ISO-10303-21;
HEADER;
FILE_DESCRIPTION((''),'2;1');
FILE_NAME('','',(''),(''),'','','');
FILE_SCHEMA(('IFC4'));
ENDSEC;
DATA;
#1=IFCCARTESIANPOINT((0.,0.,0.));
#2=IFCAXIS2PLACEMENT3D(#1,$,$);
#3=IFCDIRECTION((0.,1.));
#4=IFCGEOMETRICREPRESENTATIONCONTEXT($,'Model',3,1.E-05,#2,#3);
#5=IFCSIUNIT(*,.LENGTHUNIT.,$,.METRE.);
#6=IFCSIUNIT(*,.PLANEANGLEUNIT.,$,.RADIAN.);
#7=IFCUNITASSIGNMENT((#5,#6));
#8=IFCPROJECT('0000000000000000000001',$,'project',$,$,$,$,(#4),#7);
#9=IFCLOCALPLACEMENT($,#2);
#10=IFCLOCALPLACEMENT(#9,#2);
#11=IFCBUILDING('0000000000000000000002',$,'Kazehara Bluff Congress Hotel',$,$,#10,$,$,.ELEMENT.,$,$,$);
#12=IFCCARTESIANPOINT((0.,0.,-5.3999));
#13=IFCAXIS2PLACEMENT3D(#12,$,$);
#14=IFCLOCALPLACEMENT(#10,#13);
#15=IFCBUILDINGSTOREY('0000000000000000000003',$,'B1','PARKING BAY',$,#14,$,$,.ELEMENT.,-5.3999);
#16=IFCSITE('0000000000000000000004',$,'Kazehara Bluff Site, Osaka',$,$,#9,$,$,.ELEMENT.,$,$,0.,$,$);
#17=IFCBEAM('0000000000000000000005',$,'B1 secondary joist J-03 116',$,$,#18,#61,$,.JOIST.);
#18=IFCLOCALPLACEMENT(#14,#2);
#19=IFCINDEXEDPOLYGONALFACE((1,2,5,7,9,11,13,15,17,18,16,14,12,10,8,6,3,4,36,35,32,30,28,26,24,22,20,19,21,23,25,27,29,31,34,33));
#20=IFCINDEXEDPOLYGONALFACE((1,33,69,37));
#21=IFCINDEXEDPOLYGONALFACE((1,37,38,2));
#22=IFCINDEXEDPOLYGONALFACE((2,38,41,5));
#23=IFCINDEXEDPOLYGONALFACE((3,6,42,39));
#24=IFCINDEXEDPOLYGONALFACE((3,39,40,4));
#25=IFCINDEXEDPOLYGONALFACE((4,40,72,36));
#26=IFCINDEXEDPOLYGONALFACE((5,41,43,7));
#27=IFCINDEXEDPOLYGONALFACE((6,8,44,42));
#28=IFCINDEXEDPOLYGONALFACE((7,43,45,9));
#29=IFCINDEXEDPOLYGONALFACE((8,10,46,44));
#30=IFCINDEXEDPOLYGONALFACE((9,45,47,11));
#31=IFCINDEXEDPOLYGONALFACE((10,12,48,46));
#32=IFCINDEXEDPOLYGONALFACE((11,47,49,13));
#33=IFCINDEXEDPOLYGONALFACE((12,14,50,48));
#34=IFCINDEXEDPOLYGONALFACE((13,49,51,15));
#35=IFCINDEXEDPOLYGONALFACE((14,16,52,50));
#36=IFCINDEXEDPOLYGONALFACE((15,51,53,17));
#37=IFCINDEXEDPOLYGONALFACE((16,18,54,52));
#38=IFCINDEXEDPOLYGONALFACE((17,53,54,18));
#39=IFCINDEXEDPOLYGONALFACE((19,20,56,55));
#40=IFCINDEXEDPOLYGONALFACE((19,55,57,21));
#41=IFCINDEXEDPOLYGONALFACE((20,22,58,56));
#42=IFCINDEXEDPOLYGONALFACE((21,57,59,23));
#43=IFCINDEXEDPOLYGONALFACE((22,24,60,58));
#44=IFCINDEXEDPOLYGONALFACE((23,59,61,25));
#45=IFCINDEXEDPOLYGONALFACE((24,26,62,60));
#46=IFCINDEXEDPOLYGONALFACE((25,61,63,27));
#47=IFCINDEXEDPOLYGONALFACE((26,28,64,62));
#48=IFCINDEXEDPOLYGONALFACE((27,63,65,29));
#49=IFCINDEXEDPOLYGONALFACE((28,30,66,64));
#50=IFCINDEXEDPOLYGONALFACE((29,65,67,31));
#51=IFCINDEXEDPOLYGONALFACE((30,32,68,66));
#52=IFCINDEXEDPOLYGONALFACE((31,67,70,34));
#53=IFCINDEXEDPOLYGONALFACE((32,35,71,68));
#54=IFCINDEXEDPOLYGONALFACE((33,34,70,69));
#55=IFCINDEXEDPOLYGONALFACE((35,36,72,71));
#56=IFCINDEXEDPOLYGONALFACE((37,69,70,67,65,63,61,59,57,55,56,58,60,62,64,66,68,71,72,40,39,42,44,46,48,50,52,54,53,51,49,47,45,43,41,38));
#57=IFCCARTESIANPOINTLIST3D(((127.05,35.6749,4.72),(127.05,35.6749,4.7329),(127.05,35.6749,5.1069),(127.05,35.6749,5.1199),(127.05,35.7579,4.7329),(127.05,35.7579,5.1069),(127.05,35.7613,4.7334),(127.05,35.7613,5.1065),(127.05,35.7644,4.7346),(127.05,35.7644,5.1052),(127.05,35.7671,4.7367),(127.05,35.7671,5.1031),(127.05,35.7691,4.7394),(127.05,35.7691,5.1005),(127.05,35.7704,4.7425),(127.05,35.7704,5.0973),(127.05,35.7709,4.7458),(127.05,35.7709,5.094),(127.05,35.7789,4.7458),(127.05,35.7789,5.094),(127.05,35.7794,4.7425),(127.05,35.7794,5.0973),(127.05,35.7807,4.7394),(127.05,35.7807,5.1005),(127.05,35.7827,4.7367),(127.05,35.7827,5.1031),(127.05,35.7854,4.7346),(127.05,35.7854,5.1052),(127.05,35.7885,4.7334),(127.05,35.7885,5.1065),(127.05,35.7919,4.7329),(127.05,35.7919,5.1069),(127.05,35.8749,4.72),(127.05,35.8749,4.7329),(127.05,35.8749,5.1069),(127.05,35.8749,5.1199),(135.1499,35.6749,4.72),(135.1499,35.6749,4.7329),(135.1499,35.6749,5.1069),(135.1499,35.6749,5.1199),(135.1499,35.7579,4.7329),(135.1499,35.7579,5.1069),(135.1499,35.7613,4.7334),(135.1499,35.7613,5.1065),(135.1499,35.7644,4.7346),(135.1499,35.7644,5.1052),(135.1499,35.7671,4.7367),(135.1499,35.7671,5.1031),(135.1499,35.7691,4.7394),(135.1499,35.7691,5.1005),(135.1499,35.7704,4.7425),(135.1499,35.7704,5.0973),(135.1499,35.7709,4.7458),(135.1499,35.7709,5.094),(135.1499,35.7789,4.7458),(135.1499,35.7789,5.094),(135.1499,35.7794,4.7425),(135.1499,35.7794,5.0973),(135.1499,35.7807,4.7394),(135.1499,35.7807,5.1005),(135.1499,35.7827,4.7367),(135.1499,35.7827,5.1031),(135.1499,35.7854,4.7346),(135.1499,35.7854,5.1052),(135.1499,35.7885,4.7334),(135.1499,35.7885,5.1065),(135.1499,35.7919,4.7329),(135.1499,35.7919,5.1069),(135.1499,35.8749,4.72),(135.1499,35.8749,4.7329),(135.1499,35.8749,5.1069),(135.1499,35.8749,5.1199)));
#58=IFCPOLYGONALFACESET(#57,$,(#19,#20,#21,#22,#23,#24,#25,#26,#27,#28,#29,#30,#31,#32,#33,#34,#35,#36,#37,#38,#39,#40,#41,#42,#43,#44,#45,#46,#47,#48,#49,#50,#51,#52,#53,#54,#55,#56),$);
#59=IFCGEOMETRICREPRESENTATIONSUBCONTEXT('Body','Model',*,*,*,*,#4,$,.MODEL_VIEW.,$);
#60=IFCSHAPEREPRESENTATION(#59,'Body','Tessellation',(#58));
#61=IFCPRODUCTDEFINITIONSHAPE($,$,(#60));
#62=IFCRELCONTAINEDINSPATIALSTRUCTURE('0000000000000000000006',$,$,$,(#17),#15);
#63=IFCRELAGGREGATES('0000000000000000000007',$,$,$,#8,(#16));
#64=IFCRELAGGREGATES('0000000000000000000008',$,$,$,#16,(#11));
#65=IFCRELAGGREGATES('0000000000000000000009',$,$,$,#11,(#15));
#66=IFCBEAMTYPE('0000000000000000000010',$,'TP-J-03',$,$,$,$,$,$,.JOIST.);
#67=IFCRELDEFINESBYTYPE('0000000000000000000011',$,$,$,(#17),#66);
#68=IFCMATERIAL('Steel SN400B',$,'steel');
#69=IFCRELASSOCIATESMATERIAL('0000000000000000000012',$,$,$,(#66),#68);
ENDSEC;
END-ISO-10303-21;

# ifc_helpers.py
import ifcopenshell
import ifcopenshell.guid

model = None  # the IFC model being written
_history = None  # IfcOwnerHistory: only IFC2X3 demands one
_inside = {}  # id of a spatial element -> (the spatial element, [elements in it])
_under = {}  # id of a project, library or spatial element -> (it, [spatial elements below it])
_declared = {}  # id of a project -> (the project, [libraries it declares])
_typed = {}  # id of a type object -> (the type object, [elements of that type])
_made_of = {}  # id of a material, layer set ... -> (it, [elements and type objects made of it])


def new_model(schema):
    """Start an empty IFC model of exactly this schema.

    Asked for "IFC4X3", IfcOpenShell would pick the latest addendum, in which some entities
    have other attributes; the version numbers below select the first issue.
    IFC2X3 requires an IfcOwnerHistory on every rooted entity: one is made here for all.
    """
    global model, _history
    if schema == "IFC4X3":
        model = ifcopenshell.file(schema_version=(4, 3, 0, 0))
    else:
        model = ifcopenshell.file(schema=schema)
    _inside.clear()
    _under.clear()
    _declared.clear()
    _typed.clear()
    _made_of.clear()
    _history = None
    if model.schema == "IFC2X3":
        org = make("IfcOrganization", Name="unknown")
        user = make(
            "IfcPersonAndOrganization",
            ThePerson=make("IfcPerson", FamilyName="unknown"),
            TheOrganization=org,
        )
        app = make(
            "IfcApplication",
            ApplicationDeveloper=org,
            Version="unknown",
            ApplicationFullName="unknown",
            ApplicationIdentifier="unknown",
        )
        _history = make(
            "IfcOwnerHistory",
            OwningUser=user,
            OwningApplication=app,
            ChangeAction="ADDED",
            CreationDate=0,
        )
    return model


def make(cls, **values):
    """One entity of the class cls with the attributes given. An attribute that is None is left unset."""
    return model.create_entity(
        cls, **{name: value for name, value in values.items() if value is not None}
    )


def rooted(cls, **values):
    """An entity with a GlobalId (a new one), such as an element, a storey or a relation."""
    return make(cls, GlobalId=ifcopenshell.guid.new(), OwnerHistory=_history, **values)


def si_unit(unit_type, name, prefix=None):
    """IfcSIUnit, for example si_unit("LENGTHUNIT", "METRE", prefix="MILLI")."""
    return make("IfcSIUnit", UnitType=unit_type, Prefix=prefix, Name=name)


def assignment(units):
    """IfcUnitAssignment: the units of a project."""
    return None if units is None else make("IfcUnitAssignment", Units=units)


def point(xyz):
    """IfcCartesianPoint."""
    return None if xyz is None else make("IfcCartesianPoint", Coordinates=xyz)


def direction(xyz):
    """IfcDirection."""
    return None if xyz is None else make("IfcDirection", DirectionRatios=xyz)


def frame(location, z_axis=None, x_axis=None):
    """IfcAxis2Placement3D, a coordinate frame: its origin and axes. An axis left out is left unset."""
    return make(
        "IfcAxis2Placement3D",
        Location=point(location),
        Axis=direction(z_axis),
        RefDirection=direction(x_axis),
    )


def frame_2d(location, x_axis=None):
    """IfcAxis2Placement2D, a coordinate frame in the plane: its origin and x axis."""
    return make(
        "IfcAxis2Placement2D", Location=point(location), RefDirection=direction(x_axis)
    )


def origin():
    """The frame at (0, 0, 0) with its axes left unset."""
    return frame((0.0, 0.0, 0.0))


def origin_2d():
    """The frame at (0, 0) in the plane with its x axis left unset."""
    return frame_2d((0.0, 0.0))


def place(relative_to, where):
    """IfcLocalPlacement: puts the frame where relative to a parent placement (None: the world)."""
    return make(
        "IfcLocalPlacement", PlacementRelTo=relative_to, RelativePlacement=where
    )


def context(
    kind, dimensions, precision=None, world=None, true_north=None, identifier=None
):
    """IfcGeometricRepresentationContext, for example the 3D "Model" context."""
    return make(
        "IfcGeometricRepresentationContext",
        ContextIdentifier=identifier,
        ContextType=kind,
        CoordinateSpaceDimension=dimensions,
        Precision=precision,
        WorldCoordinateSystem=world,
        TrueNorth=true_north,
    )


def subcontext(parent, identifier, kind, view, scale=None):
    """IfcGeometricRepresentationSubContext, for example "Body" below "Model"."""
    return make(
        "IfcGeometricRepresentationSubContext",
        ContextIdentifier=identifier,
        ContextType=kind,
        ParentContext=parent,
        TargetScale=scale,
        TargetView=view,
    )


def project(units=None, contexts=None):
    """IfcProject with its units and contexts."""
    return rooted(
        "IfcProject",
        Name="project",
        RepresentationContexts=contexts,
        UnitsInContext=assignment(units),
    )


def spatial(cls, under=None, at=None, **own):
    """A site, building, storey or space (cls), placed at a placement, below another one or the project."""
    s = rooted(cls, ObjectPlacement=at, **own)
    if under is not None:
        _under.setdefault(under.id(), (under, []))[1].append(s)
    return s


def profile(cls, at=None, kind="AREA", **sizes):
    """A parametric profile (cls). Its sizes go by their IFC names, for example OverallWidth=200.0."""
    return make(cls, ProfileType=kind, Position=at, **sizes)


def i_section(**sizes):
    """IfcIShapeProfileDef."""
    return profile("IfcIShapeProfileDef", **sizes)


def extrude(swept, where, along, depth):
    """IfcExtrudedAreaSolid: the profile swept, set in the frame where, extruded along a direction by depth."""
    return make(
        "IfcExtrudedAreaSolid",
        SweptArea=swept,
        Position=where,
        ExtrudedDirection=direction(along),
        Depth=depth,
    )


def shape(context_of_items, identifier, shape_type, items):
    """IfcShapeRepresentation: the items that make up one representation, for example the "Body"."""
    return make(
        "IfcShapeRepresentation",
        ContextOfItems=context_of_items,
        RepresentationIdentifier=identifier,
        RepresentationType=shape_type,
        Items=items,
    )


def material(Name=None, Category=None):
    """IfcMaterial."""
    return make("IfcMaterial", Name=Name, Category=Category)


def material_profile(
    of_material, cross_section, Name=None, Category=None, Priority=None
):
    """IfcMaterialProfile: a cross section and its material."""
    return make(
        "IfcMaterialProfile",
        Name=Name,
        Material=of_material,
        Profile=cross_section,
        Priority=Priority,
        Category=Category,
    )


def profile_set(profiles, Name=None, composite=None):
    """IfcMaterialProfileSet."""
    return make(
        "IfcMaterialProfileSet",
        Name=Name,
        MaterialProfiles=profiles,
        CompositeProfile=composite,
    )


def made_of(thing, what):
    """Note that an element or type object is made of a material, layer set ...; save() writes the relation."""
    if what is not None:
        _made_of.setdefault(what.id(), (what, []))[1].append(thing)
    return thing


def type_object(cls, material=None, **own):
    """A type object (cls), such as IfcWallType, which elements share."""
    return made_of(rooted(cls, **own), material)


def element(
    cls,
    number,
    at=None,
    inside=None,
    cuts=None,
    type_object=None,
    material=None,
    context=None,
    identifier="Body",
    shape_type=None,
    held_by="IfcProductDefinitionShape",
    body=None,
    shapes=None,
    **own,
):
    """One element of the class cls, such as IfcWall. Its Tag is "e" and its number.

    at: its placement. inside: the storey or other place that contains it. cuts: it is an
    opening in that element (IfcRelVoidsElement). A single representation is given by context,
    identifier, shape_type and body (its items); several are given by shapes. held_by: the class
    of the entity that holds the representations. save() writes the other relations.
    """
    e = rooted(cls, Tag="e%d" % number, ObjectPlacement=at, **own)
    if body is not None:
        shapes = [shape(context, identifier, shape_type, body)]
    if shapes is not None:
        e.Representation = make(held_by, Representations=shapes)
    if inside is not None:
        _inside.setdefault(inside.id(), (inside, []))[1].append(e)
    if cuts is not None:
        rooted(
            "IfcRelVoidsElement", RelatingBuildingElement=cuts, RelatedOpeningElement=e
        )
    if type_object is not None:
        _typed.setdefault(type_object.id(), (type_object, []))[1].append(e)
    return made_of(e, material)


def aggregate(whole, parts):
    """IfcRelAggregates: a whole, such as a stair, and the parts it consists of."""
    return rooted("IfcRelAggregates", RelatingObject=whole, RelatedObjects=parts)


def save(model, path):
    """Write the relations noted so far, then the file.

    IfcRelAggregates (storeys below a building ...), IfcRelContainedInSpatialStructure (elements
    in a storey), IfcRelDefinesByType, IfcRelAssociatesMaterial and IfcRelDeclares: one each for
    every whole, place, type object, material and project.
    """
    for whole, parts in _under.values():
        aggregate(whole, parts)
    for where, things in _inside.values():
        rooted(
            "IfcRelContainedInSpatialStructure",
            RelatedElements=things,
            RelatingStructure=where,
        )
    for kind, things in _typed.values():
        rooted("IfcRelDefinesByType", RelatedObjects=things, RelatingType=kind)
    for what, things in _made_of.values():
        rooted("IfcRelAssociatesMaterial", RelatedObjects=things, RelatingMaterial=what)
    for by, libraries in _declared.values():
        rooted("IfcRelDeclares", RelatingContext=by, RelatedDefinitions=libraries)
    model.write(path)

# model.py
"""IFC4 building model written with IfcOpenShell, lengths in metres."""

from ifc_helpers import new_model, si_unit, direction, frame, origin, origin_2d, place, context, subcontext, project, spatial, i_section, extrude, material, material_profile, profile_set, type_object, element, save


model = new_model("IFC4")

# Units and contexts
model_context = context("Model", 3, precision=1e-05, world=origin(), true_north=direction((0.0, 1.0)))
body_context = subcontext(model_context, "Body", "Model", "MODEL_VIEW")
ifc_project = project(units=[si_unit("LENGTHUNIT", "METRE"), si_unit("PLANEANGLEUNIT", "RADIAN")], contexts=[model_context])

# Site, building, storey
site_placement = place(None, origin())
site = spatial("IfcSite", under=ifc_project, at=site_placement, Name="Kazehara Bluff Site, Osaka", CompositionType="ELEMENT", RefElevation=0.0)
building_placement = place(site_placement, origin())
building = spatial("IfcBuilding", under=site, at=building_placement, Name="Kazehara Bluff Congress Hotel", CompositionType="ELEMENT")
storey_placement = place(building_placement, frame((0.0, 0.0, -5.3999)))
storey = spatial("IfcBuildingStorey", under=building, at=storey_placement, Name="B1", Description="PARKING BAY", CompositionType="ELEMENT", Elevation=-5.3999)

# Beam
ifc_material_1 = material(Name="Steel SN400B", Category="steel")
ifc_material_profile_1 = material_profile(ifc_material_1, i_section(OverallWidth=0.2, OverallDepth=0.3999, WebThickness=0.0081, FlangeThickness=0.0129, FilletRadius=0.0129, at=origin_2d()))
ifc_profile_set_1 = profile_set([ifc_material_profile_1], Name="Steel SN400B")
beam_type_1 = type_object("IfcBeamType", Name="TP-J-03", PredefinedType="JOIST", material=ifc_profile_set_1)
beam_1_placement = place(storey_placement, frame((127.05, 35.7749, 4.9199), z_axis=(1.0, 0.0, 0.0), x_axis=(0.0, 1.0, 0.0)))
element("IfcBeam", 1, at=beam_1_placement, inside=storey, type_object=beam_type_1, Name="B1 secondary joist J-03 116", PredefinedType="JOIST", context=body_context, shape_type="SweptSolid", body=[
    extrude(i_section(OverallWidth=0.2, OverallDepth=0.3999, WebThickness=0.0081, FlangeThickness=0.0129, FilletRadius=0.0129, at=origin_2d()), origin(), (0.0, 0.0, 1.0), 8.0999),
])

save(model, "model.ifc")
